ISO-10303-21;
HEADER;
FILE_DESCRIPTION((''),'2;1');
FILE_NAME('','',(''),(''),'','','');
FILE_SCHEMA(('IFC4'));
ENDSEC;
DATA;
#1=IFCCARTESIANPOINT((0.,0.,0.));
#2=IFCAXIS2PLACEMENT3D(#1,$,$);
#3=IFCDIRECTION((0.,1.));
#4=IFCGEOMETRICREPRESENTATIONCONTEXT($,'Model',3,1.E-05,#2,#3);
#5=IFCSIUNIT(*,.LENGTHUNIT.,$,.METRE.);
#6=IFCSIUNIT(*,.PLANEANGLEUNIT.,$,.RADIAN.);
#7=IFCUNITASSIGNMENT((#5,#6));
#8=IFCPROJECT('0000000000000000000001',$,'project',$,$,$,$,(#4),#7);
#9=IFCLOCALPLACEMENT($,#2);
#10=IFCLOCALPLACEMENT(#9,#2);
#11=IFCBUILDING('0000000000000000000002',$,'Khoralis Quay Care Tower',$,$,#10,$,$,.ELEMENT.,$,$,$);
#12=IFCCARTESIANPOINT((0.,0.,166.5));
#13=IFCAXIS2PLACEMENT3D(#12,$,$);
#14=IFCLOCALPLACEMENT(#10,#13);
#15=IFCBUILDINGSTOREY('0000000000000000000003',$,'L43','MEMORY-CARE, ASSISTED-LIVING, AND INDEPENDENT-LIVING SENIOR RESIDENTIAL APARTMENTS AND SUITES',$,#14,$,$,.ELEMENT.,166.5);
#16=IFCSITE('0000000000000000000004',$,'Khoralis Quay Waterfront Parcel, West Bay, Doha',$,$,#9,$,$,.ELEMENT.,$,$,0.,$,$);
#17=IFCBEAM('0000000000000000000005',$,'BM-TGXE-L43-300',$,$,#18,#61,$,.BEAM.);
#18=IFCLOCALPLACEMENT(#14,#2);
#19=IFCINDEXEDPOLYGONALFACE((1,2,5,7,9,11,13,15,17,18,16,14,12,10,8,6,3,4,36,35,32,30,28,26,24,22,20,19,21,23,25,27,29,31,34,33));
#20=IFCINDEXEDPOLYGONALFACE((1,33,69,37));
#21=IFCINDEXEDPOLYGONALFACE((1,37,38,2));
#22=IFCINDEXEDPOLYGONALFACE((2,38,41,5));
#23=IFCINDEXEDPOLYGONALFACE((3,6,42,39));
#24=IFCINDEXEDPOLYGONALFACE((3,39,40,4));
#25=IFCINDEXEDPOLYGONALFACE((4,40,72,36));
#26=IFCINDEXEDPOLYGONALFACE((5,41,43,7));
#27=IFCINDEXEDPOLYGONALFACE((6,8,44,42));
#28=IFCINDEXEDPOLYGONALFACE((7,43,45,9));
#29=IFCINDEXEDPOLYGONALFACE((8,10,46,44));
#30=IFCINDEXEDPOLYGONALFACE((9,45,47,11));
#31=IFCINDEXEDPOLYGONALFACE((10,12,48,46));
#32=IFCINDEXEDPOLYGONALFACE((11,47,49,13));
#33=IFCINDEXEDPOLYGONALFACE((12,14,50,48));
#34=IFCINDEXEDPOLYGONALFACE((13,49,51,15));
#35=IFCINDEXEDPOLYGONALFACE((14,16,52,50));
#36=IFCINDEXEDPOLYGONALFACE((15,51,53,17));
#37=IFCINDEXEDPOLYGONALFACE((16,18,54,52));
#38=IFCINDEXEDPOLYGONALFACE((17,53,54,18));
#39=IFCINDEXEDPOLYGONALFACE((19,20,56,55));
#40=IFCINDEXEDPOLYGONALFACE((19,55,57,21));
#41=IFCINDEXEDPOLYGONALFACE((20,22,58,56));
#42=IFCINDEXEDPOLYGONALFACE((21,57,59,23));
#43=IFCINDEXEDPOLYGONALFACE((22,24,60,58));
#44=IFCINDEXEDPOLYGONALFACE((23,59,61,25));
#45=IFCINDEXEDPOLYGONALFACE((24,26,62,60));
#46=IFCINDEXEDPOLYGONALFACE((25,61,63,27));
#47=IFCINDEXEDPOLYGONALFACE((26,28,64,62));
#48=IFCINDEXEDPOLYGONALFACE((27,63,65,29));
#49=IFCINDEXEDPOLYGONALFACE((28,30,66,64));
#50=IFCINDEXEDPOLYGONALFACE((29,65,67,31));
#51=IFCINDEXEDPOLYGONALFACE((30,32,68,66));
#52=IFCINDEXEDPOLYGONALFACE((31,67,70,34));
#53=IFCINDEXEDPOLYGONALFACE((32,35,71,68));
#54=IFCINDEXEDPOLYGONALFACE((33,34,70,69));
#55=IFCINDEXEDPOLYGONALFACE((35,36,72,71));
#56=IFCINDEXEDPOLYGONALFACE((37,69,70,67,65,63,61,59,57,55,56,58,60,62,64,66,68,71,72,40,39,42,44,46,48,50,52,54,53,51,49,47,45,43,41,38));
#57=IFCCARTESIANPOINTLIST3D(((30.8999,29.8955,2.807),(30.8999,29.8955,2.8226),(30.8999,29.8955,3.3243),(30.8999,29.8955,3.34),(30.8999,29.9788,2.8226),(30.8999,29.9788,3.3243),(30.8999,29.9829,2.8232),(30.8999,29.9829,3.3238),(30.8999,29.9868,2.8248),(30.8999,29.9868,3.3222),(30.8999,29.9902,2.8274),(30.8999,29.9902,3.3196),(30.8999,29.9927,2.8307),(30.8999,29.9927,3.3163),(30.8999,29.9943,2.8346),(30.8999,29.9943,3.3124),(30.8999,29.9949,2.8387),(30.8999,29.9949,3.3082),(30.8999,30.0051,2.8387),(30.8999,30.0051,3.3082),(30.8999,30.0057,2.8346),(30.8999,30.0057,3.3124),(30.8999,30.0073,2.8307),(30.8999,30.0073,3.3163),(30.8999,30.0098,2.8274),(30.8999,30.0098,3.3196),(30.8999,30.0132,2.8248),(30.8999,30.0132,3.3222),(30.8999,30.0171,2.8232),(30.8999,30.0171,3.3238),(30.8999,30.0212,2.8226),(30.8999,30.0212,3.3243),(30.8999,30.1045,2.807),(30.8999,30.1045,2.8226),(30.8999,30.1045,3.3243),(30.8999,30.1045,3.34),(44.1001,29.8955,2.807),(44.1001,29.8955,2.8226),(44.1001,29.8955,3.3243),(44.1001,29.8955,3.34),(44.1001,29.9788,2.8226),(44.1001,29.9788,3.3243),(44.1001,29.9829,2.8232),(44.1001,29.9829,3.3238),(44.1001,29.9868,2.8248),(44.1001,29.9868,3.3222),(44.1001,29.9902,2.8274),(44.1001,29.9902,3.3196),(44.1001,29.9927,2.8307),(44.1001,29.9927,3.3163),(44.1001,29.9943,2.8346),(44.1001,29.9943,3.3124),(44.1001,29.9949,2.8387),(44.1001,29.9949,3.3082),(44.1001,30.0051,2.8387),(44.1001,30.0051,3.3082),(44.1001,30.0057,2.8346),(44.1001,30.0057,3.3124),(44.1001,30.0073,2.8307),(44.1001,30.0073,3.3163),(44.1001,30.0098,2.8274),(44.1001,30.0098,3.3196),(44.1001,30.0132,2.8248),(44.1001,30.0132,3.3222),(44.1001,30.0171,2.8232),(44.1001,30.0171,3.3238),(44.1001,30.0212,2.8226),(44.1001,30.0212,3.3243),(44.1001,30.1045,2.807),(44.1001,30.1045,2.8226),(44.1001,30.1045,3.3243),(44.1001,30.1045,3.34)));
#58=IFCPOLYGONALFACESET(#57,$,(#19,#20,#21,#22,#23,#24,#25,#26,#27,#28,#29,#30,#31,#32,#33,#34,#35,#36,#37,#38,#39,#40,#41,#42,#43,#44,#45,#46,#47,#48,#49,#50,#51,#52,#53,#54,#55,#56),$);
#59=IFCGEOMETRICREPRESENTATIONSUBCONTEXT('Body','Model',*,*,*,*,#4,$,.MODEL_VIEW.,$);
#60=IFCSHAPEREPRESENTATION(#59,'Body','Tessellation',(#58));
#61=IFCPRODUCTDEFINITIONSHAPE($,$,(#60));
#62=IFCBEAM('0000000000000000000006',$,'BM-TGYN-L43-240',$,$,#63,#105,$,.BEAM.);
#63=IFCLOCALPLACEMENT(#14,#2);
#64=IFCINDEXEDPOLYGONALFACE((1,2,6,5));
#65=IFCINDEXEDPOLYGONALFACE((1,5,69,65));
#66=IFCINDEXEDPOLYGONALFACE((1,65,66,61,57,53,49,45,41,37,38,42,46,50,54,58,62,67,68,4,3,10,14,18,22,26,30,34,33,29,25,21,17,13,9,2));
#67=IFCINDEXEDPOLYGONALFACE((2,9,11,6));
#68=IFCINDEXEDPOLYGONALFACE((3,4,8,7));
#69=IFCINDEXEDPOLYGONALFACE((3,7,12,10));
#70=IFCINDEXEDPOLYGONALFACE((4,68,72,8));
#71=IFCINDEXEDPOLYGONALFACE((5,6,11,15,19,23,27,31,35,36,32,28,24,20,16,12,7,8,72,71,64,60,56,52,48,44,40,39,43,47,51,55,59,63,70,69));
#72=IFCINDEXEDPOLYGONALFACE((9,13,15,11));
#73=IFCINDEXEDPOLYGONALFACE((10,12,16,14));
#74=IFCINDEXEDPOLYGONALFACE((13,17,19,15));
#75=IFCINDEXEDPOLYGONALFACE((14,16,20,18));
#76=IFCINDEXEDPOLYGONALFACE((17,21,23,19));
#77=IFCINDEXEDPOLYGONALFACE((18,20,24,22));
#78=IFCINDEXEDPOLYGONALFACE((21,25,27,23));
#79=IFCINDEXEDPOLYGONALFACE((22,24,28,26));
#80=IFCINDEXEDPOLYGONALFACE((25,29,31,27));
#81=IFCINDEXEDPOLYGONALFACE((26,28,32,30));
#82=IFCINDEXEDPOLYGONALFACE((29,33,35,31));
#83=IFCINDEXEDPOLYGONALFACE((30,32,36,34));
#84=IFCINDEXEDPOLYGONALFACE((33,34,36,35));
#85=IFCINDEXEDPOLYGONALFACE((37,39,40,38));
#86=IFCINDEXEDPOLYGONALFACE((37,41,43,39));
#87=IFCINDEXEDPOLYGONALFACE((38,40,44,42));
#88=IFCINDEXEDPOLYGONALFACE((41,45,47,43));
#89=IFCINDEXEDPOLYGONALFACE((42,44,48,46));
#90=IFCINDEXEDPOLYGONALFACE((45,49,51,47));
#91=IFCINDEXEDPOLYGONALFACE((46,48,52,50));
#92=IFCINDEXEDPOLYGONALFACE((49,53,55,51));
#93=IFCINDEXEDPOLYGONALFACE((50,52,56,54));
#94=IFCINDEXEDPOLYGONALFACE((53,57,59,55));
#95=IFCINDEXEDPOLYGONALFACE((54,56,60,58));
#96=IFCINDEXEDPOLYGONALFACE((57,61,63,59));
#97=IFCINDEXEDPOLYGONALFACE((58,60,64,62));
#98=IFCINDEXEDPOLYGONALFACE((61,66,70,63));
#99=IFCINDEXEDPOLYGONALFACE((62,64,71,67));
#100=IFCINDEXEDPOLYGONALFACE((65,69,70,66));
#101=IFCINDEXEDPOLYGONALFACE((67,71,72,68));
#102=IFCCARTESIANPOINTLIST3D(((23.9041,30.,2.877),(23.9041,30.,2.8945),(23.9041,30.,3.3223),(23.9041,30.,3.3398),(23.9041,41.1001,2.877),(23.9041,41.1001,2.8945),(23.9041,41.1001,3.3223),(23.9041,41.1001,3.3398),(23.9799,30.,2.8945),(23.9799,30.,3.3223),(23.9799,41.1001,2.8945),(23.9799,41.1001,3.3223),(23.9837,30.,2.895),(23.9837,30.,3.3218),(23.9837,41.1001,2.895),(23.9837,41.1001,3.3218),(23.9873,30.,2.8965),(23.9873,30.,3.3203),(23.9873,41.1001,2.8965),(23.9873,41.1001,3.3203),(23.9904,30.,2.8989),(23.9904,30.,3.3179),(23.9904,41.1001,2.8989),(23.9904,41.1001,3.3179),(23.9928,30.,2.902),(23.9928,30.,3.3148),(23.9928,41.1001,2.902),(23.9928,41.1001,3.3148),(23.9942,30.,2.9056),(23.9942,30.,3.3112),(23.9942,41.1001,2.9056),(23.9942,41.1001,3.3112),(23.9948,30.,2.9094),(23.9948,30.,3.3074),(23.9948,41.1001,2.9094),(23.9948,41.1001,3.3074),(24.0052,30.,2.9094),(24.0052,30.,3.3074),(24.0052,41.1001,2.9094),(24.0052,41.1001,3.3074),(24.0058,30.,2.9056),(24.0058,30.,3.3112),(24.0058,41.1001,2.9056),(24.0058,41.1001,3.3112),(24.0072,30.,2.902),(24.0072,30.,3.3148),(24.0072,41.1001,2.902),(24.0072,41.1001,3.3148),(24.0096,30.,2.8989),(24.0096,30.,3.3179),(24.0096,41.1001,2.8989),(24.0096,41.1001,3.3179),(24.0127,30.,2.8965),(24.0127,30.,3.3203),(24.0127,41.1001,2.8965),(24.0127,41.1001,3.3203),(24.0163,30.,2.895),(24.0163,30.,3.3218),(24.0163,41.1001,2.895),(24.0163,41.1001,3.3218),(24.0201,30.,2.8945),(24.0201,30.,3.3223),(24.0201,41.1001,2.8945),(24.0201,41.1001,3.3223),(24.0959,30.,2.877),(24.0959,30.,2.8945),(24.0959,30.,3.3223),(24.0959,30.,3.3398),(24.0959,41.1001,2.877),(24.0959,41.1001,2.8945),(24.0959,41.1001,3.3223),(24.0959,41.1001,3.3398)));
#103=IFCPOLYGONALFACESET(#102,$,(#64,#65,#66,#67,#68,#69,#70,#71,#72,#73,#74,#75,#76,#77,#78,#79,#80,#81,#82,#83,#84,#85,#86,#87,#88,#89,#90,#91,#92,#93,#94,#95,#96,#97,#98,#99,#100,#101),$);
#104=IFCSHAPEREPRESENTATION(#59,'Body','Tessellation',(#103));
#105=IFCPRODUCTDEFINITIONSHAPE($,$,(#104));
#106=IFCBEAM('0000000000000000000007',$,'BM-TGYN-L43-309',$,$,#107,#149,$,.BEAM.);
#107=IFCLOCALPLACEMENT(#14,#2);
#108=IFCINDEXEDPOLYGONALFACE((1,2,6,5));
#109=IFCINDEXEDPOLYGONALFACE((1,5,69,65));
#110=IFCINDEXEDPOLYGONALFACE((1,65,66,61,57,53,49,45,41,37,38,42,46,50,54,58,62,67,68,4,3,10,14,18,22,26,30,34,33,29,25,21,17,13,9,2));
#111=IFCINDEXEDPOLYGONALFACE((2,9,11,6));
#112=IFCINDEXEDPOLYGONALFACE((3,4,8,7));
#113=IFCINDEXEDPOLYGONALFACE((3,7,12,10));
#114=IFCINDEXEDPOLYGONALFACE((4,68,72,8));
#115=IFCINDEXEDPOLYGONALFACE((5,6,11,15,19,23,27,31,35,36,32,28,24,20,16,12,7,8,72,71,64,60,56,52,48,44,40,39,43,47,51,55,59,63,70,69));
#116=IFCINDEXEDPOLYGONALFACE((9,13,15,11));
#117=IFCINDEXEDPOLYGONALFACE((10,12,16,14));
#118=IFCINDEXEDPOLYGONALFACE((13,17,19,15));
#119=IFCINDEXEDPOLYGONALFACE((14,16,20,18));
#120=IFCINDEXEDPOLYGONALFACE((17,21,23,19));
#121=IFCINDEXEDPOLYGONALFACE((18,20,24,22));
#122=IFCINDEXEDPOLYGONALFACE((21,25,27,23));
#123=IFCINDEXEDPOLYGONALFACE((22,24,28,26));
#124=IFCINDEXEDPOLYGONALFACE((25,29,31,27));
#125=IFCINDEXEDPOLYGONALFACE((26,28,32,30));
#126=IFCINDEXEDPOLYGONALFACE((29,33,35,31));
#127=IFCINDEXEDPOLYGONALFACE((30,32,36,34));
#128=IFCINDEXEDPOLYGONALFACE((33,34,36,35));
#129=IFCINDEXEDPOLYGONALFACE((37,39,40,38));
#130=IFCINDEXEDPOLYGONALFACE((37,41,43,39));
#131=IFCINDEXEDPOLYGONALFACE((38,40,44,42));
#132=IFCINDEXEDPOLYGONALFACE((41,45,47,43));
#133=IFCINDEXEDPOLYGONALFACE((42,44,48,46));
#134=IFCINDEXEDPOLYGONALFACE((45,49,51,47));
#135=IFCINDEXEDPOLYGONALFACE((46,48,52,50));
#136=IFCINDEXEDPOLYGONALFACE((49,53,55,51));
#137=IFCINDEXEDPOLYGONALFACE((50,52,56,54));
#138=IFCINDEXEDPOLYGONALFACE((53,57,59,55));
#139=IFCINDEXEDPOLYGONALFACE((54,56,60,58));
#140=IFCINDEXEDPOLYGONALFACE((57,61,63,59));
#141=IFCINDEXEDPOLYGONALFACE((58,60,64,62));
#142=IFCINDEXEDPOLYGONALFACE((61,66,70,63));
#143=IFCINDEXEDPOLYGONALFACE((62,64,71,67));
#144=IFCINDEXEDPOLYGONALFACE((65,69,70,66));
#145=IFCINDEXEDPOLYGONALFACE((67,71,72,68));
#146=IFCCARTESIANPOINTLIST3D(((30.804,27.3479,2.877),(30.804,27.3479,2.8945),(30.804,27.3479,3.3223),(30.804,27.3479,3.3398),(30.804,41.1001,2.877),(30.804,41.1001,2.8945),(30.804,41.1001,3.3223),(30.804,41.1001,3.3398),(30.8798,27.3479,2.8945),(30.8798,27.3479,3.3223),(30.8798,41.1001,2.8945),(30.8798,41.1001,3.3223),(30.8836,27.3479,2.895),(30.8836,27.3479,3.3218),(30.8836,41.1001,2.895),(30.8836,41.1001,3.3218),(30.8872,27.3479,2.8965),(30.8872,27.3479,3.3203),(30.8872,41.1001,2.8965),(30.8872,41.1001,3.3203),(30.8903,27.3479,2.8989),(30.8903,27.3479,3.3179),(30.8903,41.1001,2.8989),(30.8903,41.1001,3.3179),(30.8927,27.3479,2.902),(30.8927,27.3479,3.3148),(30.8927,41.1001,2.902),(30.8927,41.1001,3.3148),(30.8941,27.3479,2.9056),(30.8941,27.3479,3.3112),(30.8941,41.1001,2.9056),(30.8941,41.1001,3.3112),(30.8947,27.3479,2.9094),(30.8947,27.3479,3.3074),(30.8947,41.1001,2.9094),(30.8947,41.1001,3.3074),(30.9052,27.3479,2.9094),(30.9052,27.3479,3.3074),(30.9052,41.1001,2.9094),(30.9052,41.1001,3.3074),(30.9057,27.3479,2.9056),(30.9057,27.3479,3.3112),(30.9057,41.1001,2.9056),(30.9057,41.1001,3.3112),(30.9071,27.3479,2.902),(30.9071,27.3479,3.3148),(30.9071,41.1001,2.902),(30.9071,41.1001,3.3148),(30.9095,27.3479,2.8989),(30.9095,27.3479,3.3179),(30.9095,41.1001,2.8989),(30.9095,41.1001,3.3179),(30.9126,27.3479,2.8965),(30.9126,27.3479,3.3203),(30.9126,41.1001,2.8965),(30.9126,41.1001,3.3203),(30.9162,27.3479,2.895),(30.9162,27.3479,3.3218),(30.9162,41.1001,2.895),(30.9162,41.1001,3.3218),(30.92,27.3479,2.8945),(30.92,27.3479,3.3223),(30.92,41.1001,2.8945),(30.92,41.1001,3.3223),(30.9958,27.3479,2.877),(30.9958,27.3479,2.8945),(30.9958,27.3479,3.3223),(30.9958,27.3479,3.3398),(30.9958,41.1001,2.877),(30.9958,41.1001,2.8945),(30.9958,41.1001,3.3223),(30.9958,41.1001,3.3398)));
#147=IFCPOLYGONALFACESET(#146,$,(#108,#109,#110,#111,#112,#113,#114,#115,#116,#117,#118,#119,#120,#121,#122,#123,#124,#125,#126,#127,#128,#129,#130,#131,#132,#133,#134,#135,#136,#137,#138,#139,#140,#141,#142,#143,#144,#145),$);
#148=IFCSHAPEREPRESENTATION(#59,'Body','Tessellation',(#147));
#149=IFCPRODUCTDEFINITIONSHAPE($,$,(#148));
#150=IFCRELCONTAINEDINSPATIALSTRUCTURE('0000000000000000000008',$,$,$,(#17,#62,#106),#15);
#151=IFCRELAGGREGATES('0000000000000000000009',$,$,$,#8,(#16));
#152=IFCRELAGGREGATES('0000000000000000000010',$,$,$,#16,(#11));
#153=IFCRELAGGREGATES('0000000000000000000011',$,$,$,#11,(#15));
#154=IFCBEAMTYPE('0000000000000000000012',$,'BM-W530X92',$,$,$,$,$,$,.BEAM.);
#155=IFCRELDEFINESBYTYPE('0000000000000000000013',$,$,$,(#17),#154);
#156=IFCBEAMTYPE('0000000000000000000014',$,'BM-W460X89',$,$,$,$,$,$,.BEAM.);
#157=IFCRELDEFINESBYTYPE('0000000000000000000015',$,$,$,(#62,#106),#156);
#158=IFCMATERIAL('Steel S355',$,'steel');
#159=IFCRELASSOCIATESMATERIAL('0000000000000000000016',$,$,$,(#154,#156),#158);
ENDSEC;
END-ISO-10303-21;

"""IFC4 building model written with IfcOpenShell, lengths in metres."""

from ifc_helpers import new_model, si_unit, direction, frame, origin, origin_2d, place, context, subcontext, project, spatial, i_section, extrude, source, transform, mapped, material, material_profile, profile_set, type_object, element, save


model = new_model("IFC4")

# Units and contexts
model_context = context("Model", 3, precision=1e-05, world=origin(), true_north=direction((0.0, 1.0)))
body_context = subcontext(model_context, "Body", "Model", "MODEL_VIEW")
ifc_project = project(units=[si_unit("LENGTHUNIT", "METRE"), si_unit("PLANEANGLEUNIT", "RADIAN")], contexts=[model_context])

# Site, building, storey
site_placement = place(None, origin())
site = spatial("IfcSite", under=ifc_project, at=site_placement, Name="Khoralis Quay Waterfront Parcel, West Bay, Doha", CompositionType="ELEMENT", RefElevation=0.0)
building_placement = place(site_placement, origin())
building = spatial("IfcBuilding", under=site, at=building_placement, Name="Khoralis Quay Care Tower", CompositionType="ELEMENT")
storey_placement = place(building_placement, frame((0.0, 0.0, 166.5)))
storey = spatial("IfcBuildingStorey", under=building, at=storey_placement, Name="L43", Description="MEMORY-CARE, ASSISTED-LIVING, AND INDEPENDENT-LIVING SENIOR RESIDENTIAL APARTMENTS AND SUITES", CompositionType="ELEMENT", Elevation=166.5)

# Beams
ifc_material_1 = material(Name="Steel S355", Category="steel")
ifc_material_profile_1 = material_profile(ifc_material_1, i_section(OverallWidth=0.209, OverallDepth=0.533, WebThickness=0.0103, FlangeThickness=0.0156, FilletRadius=0.0161, at=origin_2d()), Name="Steel S355")
ifc_profile_set_1 = profile_set([ifc_material_profile_1], Name="Steel S355")
beam_type_1 = type_object("IfcBeamType", Name="BM-W530X92", PredefinedType="BEAM", material=ifc_profile_set_1)
shared_shape_1 = source(origin(), body_context, "Body", "SweptSolid", [
    extrude(i_section(OverallWidth=0.209, OverallDepth=0.533, WebThickness=0.0103, FlangeThickness=0.0156, FilletRadius=0.0161, at=origin_2d()), origin(), (0.0, 0.0, 1.0), 13.2002),
])
beam_1_placement = place(storey_placement, frame((30.8999, 30.0, 3.0735), z_axis=(1.0, 0.0, 0.0), x_axis=(0.0, 1.0, 0.0)))
element("IfcBeam", 1, at=beam_1_placement, inside=storey, type_object=beam_type_1, Name="BM-TGXE-L43-300", PredefinedType="BEAM", context=body_context, shape_type="MappedRepresentation", body=[
    mapped(shared_shape_1, transform((0.0, 0.0, 0.0), scale=1.0)),
])
ifc_material_profile_2 = material_profile(ifc_material_1, i_section(OverallWidth=0.1919, OverallDepth=0.4629, WebThickness=0.0105, FlangeThickness=0.0176, FilletRadius=0.0149, at=origin_2d()), Name="Steel S355")
ifc_profile_set_2 = profile_set([ifc_material_profile_2], Name="Steel S355")
beam_type_2 = type_object("IfcBeamType", Name="BM-W460X89", PredefinedType="BEAM", material=ifc_profile_set_2)
shared_shape_2 = source(origin(), body_context, "Body", "SweptSolid", [
    extrude(i_section(OverallWidth=0.1919, OverallDepth=0.4629, WebThickness=0.0105, FlangeThickness=0.0176, FilletRadius=0.0149, at=origin_2d()), origin(), (0.0, 0.0, 1.0), 11.1001),
])
beam_2_placement = place(storey_placement, frame((24.0, 30.0, 3.1084), z_axis=(0.0, 1.0, 0.0), x_axis=(-1.0, 0.0, 0.0)))
element("IfcBeam", 2, at=beam_2_placement, inside=storey, type_object=beam_type_2, Name="BM-TGYN-L43-240", PredefinedType="BEAM", context=body_context, shape_type="MappedRepresentation", body=[
    mapped(shared_shape_2, transform((0.0, 0.0, 0.0), scale=1.0)),
])
shared_shape_3 = source(origin(), body_context, "Body", "SweptSolid", [
    extrude(i_section(OverallWidth=0.1919, OverallDepth=0.4629, WebThickness=0.0105, FlangeThickness=0.0176, FilletRadius=0.0149, at=origin_2d()), origin(), (0.0, 0.0, 1.0), 13.7522),
])
beam_3_placement = place(storey_placement, frame((30.8999, 27.3479, 3.1084), z_axis=(0.0, 1.0, 0.0), x_axis=(-1.0, 0.0, 0.0)))
element("IfcBeam", 3, at=beam_3_placement, inside=storey, type_object=beam_type_2, Name="BM-TGYN-L43-309", PredefinedType="BEAM", context=body_context, shape_type="MappedRepresentation", body=[
    mapped(shared_shape_3, transform((0.0, 0.0, 0.0), scale=1.0)),
])

save(model, "model.ifc")
